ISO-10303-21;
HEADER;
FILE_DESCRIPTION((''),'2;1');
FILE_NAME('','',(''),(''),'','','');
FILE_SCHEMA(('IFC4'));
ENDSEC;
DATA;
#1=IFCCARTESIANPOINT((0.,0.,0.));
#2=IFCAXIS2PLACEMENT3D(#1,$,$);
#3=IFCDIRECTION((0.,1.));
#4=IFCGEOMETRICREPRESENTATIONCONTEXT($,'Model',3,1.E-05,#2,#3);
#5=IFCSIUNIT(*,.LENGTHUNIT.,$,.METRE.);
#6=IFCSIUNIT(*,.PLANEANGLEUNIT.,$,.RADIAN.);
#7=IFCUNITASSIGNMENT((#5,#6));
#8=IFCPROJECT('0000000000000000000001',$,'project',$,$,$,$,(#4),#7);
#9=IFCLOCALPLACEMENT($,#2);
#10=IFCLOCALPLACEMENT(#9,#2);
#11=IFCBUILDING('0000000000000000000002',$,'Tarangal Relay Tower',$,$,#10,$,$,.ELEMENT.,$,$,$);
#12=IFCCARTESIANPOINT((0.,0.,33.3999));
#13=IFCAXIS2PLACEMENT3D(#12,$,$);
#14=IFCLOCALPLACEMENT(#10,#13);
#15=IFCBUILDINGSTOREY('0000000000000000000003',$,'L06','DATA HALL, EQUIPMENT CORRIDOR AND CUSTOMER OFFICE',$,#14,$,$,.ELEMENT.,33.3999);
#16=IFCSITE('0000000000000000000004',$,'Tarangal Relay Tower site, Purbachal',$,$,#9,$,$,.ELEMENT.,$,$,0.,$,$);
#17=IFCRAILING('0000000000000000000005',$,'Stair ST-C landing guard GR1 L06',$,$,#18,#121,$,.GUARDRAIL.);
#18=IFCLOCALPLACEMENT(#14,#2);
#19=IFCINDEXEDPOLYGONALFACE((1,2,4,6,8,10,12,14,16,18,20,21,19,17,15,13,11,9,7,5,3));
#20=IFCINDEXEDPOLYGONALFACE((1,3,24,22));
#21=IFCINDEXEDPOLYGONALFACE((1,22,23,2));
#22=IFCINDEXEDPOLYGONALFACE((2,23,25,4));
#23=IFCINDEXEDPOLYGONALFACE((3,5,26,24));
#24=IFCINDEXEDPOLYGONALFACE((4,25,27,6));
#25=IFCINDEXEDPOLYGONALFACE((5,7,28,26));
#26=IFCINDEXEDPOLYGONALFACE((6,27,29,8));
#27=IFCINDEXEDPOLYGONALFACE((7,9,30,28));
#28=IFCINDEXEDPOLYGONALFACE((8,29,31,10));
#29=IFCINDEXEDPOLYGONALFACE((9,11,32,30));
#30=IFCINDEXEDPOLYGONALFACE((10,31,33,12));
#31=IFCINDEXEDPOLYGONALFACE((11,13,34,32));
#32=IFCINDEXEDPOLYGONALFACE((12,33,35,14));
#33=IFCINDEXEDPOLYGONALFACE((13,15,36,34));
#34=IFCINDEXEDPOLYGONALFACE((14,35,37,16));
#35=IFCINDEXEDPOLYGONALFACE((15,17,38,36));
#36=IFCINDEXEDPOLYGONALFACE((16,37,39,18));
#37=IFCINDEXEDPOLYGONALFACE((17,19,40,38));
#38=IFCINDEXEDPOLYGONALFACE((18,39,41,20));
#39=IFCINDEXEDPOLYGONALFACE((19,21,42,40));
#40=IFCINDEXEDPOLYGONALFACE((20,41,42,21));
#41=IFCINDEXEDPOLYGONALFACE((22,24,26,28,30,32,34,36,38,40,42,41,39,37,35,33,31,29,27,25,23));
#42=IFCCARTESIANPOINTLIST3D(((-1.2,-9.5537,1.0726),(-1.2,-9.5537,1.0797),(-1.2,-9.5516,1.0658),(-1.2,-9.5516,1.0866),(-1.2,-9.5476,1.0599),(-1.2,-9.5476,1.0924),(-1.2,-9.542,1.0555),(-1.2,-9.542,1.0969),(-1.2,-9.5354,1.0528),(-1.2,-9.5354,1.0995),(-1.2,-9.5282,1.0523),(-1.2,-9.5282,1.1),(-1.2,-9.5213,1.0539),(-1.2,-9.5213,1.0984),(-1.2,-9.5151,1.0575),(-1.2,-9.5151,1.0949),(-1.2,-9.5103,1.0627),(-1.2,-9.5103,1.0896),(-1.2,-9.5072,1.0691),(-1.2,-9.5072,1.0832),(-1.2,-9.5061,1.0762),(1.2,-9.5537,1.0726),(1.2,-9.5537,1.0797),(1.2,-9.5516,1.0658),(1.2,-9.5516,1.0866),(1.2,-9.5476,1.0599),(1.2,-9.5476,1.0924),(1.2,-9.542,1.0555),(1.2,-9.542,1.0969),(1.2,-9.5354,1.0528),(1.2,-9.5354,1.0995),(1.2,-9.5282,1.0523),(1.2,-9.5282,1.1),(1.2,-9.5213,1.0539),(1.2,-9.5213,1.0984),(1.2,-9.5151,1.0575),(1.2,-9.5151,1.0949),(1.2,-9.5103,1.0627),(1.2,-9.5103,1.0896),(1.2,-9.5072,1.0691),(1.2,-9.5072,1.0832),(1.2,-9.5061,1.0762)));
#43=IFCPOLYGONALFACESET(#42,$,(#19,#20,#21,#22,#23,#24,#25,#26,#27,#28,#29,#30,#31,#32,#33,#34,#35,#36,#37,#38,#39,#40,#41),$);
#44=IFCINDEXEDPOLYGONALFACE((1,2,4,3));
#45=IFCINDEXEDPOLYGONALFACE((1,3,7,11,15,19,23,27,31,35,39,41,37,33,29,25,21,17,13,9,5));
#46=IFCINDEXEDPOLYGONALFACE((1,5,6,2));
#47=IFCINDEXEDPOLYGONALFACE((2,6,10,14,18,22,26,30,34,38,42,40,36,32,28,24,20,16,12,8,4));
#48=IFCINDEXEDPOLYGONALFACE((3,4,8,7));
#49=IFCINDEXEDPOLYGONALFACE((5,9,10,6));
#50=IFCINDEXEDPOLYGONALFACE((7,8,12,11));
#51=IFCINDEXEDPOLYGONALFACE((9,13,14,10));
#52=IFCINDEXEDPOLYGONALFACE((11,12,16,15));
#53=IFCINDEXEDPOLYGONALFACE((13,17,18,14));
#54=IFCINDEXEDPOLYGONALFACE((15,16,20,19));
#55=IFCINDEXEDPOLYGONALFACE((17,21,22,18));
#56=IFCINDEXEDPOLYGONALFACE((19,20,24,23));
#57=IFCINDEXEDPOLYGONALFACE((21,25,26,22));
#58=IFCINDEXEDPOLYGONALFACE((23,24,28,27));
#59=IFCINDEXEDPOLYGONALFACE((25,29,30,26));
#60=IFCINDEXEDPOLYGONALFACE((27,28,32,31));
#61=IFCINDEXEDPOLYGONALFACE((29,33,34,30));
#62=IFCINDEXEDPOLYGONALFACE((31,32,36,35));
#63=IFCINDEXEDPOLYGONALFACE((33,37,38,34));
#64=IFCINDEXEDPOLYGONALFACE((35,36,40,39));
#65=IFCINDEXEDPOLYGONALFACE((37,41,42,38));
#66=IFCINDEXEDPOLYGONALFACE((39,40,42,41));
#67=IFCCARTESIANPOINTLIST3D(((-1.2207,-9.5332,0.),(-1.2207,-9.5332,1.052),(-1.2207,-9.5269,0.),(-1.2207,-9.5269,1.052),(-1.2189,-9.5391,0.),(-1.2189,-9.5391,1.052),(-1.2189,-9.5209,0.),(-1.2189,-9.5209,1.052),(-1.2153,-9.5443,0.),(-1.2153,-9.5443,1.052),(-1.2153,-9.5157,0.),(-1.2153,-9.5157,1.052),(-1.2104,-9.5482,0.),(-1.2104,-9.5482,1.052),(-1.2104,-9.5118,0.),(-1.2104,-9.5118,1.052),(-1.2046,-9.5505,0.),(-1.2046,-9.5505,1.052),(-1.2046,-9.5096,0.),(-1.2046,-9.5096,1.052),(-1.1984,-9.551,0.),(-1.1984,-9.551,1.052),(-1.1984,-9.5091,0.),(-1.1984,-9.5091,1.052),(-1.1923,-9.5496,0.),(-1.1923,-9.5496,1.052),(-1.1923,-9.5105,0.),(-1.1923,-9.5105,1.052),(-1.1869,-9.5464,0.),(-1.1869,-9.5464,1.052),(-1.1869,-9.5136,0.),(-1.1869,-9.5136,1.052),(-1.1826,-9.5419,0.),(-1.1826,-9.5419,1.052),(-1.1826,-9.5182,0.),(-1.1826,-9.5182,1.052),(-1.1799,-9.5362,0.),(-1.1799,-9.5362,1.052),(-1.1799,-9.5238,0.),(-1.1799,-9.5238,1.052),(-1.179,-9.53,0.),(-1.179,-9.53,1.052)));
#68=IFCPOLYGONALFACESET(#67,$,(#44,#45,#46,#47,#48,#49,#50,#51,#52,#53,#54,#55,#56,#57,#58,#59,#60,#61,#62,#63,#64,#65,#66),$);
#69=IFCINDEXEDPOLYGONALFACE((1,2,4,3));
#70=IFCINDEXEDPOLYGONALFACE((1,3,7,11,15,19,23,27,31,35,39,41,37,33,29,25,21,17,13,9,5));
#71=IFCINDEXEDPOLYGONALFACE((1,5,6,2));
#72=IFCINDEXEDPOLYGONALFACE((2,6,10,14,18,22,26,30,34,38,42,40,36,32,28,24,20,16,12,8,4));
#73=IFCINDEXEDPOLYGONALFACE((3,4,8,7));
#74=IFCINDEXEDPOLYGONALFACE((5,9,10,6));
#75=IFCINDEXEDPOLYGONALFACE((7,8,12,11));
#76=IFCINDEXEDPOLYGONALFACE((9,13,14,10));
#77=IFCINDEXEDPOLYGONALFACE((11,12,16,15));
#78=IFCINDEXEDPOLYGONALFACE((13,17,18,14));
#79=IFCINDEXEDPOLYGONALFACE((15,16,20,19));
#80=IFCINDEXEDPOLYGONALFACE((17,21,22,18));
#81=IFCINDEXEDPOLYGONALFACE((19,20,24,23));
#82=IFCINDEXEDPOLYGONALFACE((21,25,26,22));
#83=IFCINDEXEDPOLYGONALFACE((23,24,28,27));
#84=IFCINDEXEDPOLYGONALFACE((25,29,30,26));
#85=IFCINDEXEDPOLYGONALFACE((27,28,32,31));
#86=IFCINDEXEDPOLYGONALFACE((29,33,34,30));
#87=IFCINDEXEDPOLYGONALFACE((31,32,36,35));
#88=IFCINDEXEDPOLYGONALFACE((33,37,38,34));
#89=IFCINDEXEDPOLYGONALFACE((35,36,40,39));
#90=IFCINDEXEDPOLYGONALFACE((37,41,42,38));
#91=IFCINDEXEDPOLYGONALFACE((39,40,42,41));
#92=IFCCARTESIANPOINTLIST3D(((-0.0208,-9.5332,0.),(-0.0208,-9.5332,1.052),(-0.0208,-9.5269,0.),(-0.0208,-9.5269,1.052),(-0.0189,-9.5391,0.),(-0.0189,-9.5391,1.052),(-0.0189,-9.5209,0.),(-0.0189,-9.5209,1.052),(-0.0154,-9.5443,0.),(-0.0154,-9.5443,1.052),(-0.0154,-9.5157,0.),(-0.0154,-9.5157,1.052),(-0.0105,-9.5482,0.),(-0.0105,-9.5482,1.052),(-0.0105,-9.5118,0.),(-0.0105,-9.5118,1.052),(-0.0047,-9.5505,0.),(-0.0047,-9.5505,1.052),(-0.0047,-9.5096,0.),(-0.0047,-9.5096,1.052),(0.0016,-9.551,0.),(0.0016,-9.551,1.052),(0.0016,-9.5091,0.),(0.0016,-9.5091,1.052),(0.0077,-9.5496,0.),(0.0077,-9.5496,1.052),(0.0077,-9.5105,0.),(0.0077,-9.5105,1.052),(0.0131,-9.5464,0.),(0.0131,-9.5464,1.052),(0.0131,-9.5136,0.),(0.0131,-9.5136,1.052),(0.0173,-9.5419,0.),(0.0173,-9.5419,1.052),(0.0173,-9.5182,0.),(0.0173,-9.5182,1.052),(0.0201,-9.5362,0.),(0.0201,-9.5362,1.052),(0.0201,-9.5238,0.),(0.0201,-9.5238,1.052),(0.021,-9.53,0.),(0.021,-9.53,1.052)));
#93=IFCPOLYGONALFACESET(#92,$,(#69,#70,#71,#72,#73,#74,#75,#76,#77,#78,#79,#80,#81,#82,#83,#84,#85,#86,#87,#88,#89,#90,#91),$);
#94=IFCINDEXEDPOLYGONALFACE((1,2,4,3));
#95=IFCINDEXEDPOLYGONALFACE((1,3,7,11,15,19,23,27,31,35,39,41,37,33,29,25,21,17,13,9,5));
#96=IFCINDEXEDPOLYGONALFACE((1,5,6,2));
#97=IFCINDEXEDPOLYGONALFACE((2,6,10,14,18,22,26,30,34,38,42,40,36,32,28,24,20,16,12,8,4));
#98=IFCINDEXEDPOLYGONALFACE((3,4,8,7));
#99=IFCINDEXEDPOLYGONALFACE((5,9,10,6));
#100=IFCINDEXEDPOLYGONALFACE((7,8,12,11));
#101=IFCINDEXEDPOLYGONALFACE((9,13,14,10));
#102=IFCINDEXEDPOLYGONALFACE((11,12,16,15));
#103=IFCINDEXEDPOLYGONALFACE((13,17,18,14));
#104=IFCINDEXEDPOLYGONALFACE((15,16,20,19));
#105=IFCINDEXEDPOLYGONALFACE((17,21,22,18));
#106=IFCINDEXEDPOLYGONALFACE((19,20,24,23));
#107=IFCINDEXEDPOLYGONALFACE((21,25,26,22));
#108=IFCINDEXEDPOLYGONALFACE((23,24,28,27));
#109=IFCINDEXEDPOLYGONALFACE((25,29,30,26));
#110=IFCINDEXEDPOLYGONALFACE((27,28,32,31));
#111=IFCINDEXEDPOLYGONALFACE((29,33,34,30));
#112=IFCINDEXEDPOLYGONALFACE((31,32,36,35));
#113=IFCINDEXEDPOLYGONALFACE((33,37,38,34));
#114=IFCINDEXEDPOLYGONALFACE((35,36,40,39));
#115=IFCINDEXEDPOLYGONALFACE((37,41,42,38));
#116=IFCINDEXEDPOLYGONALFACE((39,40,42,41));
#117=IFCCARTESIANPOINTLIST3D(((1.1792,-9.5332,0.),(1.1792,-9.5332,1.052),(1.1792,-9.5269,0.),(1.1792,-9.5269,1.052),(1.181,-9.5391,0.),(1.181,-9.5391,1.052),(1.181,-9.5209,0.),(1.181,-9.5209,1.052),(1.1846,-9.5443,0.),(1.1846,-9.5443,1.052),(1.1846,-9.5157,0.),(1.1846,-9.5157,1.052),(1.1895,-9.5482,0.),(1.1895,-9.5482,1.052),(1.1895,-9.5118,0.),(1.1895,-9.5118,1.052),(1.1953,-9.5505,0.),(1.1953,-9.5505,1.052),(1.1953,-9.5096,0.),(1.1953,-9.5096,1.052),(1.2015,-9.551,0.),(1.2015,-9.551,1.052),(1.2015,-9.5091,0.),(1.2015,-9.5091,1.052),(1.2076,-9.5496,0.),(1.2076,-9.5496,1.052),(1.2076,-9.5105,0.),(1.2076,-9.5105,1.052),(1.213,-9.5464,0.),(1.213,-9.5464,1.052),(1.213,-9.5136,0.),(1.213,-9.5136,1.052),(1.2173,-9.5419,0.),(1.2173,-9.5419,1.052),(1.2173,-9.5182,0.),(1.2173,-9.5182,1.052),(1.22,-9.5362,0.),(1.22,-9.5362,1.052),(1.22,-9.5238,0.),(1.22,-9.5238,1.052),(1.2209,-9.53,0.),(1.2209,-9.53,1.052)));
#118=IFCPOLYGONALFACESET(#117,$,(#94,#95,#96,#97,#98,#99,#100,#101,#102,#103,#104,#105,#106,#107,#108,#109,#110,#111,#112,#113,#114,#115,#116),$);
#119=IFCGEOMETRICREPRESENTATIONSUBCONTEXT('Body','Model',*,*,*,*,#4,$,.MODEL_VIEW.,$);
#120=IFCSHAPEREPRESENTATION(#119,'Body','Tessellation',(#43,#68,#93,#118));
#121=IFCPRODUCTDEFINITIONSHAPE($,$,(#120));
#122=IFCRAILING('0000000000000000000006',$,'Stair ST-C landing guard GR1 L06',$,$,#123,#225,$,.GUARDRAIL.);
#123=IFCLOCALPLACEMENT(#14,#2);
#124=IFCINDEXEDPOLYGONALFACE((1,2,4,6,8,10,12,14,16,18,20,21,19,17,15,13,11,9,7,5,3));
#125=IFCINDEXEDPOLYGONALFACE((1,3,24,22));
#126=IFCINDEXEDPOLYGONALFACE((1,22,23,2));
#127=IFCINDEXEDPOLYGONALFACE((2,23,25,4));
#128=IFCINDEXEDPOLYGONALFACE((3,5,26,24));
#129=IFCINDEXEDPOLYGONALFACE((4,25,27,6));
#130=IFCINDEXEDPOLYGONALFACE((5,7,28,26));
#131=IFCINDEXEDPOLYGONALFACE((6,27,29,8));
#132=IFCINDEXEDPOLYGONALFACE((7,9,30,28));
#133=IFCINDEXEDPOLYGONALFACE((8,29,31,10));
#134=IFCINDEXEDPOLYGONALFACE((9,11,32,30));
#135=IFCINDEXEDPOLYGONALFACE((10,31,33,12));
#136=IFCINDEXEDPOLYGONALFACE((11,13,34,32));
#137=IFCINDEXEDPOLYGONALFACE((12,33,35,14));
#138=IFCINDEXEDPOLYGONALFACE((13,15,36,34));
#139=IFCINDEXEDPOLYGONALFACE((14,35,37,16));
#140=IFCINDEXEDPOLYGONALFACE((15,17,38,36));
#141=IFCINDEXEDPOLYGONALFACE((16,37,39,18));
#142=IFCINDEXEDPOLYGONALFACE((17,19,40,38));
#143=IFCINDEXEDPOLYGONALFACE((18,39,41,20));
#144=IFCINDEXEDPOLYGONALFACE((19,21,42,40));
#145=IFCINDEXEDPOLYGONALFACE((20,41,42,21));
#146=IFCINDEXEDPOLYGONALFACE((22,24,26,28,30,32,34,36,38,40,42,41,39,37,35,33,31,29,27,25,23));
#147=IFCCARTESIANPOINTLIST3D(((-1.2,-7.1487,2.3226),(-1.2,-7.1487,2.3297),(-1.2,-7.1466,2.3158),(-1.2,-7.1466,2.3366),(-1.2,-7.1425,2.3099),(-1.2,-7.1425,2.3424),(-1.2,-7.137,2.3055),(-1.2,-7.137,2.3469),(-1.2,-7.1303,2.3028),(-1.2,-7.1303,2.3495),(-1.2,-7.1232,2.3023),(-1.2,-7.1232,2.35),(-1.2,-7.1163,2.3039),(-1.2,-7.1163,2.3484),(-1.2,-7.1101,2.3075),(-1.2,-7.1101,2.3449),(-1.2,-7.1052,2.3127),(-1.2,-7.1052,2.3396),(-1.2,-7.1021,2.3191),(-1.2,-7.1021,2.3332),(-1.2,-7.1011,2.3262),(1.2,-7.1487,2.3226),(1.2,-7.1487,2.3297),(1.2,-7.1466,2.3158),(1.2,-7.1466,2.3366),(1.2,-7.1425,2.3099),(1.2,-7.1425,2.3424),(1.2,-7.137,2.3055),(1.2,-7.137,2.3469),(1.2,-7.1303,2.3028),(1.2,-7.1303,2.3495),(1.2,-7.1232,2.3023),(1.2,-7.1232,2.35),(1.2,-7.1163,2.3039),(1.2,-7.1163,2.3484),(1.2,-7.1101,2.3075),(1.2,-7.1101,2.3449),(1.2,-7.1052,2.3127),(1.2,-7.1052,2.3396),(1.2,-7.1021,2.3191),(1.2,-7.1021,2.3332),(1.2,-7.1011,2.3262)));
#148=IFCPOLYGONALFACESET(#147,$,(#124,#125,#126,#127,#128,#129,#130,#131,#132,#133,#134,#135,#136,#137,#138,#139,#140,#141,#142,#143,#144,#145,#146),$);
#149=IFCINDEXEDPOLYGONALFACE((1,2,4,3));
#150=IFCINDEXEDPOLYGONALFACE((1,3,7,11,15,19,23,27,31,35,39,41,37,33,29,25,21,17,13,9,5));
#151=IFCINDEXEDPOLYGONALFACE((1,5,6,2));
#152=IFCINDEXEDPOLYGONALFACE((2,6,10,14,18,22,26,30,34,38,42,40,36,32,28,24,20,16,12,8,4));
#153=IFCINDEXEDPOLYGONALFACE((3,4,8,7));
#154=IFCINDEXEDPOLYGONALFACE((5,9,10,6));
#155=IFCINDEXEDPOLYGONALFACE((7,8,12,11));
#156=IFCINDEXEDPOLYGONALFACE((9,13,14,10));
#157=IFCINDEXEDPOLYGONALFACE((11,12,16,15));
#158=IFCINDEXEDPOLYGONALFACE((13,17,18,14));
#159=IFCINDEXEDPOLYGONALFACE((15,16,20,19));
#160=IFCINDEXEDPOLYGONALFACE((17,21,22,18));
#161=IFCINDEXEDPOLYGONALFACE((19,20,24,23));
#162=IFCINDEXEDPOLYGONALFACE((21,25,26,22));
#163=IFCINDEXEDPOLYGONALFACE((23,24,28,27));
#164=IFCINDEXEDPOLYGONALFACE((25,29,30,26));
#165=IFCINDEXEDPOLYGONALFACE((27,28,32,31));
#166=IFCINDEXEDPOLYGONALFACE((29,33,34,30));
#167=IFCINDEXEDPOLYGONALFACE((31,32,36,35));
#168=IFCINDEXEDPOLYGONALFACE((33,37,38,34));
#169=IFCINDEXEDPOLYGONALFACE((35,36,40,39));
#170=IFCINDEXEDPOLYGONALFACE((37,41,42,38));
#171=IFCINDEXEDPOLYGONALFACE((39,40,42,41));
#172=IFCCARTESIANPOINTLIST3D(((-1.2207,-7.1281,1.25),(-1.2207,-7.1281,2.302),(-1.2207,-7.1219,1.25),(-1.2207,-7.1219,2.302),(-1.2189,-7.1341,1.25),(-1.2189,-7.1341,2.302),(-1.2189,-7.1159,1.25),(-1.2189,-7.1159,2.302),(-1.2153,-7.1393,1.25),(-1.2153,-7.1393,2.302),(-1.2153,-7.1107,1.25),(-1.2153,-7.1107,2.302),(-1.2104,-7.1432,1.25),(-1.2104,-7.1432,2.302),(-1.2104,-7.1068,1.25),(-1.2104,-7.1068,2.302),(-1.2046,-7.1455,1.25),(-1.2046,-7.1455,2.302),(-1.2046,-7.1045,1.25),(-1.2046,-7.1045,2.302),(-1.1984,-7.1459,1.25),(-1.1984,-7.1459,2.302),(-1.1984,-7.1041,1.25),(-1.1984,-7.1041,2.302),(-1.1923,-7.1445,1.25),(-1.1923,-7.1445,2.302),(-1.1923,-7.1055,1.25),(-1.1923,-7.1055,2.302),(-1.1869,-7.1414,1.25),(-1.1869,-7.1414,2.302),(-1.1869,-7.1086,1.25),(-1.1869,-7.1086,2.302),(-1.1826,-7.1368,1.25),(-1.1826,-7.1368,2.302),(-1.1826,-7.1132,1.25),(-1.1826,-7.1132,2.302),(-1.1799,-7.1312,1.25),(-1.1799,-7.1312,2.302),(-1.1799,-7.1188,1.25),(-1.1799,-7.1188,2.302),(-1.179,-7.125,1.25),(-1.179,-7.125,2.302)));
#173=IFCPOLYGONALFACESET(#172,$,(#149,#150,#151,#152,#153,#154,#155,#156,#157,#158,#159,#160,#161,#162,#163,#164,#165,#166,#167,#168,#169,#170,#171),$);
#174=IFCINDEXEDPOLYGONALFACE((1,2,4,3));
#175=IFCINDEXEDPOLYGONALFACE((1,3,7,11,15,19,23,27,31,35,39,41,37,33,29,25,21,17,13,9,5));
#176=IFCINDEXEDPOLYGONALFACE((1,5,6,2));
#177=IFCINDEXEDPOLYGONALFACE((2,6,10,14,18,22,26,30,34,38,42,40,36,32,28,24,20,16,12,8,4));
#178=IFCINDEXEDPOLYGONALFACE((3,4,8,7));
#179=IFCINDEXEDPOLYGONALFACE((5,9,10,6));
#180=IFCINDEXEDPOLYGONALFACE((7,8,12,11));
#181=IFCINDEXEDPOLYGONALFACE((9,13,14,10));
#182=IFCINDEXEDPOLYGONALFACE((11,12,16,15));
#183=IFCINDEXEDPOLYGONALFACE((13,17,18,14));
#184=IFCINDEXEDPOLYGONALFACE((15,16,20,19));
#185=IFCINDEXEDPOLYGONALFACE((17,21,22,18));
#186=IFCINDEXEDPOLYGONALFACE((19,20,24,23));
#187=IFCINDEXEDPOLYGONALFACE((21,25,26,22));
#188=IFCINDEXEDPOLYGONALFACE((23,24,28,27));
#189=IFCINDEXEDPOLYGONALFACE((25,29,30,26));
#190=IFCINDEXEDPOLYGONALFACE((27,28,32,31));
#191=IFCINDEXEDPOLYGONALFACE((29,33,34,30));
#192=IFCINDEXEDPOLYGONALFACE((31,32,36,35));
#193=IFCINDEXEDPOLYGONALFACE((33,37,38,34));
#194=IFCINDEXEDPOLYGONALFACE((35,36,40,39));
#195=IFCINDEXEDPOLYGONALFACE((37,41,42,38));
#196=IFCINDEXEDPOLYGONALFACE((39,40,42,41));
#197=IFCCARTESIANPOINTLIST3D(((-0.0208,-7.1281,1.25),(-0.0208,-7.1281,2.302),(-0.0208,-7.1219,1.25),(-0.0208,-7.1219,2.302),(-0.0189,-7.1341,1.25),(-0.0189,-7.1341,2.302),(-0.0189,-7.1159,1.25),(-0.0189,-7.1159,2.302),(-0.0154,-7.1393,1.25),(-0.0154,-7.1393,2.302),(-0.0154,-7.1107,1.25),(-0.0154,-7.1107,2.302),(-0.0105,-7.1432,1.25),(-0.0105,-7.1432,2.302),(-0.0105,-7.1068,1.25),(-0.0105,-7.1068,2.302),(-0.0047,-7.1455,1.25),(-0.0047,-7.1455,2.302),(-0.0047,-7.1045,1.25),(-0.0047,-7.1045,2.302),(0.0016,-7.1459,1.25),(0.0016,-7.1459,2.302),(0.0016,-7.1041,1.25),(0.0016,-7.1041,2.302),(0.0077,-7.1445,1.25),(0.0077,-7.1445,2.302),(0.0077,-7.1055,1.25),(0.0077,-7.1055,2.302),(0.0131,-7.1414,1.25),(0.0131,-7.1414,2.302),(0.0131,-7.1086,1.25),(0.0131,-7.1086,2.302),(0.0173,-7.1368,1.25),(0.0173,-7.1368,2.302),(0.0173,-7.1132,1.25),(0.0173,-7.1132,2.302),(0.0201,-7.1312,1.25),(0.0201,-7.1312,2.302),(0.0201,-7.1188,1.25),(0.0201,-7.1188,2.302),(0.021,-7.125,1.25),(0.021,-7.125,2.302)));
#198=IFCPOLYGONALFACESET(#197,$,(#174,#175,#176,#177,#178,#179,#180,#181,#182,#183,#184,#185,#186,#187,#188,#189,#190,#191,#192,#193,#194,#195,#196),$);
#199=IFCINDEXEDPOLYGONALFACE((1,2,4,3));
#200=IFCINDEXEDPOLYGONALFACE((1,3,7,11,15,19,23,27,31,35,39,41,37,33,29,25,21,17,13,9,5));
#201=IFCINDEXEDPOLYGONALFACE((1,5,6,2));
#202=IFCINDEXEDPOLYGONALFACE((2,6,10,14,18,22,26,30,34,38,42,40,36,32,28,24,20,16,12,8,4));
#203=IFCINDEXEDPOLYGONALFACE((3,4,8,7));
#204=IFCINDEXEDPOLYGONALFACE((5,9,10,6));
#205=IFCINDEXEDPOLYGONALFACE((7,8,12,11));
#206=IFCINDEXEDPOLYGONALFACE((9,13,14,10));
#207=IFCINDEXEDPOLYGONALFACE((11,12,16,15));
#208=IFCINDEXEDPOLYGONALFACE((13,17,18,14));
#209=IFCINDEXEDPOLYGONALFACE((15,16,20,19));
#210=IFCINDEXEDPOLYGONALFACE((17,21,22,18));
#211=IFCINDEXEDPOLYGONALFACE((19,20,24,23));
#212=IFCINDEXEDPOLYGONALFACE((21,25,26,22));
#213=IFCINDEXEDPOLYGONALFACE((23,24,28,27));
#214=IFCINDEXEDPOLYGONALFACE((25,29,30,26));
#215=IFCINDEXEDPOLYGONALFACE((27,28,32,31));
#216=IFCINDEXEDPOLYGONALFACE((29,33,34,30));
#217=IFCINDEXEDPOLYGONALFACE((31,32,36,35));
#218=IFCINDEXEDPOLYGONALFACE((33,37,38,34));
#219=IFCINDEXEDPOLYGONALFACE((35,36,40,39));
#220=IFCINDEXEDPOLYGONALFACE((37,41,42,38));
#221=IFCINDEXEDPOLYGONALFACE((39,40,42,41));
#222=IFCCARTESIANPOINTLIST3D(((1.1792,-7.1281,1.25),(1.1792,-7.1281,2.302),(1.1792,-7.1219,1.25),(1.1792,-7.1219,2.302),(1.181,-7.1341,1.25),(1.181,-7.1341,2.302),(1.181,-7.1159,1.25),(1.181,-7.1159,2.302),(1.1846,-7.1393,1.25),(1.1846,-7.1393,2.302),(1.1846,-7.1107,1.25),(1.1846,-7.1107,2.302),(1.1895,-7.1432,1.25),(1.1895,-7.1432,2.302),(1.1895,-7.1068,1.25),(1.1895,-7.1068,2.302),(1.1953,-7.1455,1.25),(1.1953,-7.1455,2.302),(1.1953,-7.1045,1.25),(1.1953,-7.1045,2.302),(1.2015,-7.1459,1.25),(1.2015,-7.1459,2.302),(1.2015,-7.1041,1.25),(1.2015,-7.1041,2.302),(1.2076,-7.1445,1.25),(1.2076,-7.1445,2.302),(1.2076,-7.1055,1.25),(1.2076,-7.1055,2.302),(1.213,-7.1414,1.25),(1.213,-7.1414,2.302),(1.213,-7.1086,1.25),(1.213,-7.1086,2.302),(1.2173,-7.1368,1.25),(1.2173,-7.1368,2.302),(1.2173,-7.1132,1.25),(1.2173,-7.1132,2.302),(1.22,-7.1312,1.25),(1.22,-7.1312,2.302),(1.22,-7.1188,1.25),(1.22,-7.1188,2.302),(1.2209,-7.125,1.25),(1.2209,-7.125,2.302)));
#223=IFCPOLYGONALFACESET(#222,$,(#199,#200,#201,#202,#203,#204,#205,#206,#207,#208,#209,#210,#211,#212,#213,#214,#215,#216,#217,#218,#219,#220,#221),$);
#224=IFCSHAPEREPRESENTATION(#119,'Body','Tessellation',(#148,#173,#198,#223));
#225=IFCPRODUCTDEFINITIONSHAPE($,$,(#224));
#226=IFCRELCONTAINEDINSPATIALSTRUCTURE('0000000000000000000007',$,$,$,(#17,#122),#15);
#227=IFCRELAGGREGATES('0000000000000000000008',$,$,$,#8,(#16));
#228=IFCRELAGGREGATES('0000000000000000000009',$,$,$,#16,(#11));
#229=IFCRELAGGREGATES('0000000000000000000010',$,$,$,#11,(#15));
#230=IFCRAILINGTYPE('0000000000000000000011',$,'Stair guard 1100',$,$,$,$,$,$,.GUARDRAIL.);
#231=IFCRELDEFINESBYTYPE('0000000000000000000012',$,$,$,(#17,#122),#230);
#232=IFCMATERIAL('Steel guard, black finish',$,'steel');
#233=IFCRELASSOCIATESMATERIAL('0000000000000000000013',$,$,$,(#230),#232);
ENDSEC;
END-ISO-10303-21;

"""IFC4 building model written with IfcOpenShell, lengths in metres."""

from ifc_helpers import new_model, si_unit, direction, frame, origin, origin_2d, place, context, subcontext, project, spatial, circle, extrude, material, type_object, element, save


model = new_model("IFC4")

# Units and contexts
model_context = context("Model", 3, precision=1e-05, world=origin(), true_north=direction((0.0, 1.0)))
body_context = subcontext(model_context, "Body", "Model", "MODEL_VIEW")
ifc_project = project(units=[si_unit("LENGTHUNIT", "METRE"), si_unit("PLANEANGLEUNIT", "RADIAN")], contexts=[model_context])

# Site, building, storey
site_placement = place(None, origin())
site = spatial("IfcSite", under=ifc_project, at=site_placement, Name="Tarangal Relay Tower site, Purbachal", CompositionType="ELEMENT", RefElevation=0.0)
building_placement = place(site_placement, origin())
building = spatial("IfcBuilding", under=site, at=building_placement, Name="Tarangal Relay Tower", CompositionType="ELEMENT")
storey_placement = place(building_placement, frame((0.0, 0.0, 33.3999)))
storey = spatial("IfcBuildingStorey", under=building, at=storey_placement, Name="L06", Description="DATA HALL, EQUIPMENT CORRIDOR AND CUSTOMER OFFICE", CompositionType="ELEMENT", Elevation=33.3999)

# Railings
ifc_material_1 = material(Name="Steel guard, black finish", Category="steel")
railing_type_1 = type_object("IfcRailingType", Name="Stair guard 1100", PredefinedType="GUARDRAIL", material=ifc_material_1)
for number, where, name in (
    (1, (-1.2, -9.53, 0.0), "Stair ST-C landing guard GR1 L06"),
    (2, (-1.2, -7.125, 1.25), "Stair ST-C landing guard GR1 L06"),
):
    element("IfcRailing", number, at=place(storey_placement, frame(where)), inside=storey, type_object=railing_type_1, Name=name, PredefinedType="GUARDRAIL", context=body_context, shape_type="SweptSolid", body=[
        extrude(circle(Radius=0.0239, at=origin_2d()), frame((0.0, 0.0, 1.0762), z_axis=(1.0, 0.0, 0.0), x_axis=(0.0, 1.0, 0.0)), (0.0, 0.0, 1.0), 2.3999),
        extrude(circle(Radius=0.021, at=origin_2d()), origin(), (0.0, 0.0, 1.0), 1.052),
        extrude(circle(Radius=0.021, at=origin_2d()), frame((1.2, 0.0, 0.0)), (0.0, 0.0, 1.0), 1.052),
        extrude(circle(Radius=0.021, at=origin_2d()), frame((2.3999, 0.0, 0.0)), (0.0, 0.0, 1.0), 1.052),
    ])

save(model, "model.ifc")
